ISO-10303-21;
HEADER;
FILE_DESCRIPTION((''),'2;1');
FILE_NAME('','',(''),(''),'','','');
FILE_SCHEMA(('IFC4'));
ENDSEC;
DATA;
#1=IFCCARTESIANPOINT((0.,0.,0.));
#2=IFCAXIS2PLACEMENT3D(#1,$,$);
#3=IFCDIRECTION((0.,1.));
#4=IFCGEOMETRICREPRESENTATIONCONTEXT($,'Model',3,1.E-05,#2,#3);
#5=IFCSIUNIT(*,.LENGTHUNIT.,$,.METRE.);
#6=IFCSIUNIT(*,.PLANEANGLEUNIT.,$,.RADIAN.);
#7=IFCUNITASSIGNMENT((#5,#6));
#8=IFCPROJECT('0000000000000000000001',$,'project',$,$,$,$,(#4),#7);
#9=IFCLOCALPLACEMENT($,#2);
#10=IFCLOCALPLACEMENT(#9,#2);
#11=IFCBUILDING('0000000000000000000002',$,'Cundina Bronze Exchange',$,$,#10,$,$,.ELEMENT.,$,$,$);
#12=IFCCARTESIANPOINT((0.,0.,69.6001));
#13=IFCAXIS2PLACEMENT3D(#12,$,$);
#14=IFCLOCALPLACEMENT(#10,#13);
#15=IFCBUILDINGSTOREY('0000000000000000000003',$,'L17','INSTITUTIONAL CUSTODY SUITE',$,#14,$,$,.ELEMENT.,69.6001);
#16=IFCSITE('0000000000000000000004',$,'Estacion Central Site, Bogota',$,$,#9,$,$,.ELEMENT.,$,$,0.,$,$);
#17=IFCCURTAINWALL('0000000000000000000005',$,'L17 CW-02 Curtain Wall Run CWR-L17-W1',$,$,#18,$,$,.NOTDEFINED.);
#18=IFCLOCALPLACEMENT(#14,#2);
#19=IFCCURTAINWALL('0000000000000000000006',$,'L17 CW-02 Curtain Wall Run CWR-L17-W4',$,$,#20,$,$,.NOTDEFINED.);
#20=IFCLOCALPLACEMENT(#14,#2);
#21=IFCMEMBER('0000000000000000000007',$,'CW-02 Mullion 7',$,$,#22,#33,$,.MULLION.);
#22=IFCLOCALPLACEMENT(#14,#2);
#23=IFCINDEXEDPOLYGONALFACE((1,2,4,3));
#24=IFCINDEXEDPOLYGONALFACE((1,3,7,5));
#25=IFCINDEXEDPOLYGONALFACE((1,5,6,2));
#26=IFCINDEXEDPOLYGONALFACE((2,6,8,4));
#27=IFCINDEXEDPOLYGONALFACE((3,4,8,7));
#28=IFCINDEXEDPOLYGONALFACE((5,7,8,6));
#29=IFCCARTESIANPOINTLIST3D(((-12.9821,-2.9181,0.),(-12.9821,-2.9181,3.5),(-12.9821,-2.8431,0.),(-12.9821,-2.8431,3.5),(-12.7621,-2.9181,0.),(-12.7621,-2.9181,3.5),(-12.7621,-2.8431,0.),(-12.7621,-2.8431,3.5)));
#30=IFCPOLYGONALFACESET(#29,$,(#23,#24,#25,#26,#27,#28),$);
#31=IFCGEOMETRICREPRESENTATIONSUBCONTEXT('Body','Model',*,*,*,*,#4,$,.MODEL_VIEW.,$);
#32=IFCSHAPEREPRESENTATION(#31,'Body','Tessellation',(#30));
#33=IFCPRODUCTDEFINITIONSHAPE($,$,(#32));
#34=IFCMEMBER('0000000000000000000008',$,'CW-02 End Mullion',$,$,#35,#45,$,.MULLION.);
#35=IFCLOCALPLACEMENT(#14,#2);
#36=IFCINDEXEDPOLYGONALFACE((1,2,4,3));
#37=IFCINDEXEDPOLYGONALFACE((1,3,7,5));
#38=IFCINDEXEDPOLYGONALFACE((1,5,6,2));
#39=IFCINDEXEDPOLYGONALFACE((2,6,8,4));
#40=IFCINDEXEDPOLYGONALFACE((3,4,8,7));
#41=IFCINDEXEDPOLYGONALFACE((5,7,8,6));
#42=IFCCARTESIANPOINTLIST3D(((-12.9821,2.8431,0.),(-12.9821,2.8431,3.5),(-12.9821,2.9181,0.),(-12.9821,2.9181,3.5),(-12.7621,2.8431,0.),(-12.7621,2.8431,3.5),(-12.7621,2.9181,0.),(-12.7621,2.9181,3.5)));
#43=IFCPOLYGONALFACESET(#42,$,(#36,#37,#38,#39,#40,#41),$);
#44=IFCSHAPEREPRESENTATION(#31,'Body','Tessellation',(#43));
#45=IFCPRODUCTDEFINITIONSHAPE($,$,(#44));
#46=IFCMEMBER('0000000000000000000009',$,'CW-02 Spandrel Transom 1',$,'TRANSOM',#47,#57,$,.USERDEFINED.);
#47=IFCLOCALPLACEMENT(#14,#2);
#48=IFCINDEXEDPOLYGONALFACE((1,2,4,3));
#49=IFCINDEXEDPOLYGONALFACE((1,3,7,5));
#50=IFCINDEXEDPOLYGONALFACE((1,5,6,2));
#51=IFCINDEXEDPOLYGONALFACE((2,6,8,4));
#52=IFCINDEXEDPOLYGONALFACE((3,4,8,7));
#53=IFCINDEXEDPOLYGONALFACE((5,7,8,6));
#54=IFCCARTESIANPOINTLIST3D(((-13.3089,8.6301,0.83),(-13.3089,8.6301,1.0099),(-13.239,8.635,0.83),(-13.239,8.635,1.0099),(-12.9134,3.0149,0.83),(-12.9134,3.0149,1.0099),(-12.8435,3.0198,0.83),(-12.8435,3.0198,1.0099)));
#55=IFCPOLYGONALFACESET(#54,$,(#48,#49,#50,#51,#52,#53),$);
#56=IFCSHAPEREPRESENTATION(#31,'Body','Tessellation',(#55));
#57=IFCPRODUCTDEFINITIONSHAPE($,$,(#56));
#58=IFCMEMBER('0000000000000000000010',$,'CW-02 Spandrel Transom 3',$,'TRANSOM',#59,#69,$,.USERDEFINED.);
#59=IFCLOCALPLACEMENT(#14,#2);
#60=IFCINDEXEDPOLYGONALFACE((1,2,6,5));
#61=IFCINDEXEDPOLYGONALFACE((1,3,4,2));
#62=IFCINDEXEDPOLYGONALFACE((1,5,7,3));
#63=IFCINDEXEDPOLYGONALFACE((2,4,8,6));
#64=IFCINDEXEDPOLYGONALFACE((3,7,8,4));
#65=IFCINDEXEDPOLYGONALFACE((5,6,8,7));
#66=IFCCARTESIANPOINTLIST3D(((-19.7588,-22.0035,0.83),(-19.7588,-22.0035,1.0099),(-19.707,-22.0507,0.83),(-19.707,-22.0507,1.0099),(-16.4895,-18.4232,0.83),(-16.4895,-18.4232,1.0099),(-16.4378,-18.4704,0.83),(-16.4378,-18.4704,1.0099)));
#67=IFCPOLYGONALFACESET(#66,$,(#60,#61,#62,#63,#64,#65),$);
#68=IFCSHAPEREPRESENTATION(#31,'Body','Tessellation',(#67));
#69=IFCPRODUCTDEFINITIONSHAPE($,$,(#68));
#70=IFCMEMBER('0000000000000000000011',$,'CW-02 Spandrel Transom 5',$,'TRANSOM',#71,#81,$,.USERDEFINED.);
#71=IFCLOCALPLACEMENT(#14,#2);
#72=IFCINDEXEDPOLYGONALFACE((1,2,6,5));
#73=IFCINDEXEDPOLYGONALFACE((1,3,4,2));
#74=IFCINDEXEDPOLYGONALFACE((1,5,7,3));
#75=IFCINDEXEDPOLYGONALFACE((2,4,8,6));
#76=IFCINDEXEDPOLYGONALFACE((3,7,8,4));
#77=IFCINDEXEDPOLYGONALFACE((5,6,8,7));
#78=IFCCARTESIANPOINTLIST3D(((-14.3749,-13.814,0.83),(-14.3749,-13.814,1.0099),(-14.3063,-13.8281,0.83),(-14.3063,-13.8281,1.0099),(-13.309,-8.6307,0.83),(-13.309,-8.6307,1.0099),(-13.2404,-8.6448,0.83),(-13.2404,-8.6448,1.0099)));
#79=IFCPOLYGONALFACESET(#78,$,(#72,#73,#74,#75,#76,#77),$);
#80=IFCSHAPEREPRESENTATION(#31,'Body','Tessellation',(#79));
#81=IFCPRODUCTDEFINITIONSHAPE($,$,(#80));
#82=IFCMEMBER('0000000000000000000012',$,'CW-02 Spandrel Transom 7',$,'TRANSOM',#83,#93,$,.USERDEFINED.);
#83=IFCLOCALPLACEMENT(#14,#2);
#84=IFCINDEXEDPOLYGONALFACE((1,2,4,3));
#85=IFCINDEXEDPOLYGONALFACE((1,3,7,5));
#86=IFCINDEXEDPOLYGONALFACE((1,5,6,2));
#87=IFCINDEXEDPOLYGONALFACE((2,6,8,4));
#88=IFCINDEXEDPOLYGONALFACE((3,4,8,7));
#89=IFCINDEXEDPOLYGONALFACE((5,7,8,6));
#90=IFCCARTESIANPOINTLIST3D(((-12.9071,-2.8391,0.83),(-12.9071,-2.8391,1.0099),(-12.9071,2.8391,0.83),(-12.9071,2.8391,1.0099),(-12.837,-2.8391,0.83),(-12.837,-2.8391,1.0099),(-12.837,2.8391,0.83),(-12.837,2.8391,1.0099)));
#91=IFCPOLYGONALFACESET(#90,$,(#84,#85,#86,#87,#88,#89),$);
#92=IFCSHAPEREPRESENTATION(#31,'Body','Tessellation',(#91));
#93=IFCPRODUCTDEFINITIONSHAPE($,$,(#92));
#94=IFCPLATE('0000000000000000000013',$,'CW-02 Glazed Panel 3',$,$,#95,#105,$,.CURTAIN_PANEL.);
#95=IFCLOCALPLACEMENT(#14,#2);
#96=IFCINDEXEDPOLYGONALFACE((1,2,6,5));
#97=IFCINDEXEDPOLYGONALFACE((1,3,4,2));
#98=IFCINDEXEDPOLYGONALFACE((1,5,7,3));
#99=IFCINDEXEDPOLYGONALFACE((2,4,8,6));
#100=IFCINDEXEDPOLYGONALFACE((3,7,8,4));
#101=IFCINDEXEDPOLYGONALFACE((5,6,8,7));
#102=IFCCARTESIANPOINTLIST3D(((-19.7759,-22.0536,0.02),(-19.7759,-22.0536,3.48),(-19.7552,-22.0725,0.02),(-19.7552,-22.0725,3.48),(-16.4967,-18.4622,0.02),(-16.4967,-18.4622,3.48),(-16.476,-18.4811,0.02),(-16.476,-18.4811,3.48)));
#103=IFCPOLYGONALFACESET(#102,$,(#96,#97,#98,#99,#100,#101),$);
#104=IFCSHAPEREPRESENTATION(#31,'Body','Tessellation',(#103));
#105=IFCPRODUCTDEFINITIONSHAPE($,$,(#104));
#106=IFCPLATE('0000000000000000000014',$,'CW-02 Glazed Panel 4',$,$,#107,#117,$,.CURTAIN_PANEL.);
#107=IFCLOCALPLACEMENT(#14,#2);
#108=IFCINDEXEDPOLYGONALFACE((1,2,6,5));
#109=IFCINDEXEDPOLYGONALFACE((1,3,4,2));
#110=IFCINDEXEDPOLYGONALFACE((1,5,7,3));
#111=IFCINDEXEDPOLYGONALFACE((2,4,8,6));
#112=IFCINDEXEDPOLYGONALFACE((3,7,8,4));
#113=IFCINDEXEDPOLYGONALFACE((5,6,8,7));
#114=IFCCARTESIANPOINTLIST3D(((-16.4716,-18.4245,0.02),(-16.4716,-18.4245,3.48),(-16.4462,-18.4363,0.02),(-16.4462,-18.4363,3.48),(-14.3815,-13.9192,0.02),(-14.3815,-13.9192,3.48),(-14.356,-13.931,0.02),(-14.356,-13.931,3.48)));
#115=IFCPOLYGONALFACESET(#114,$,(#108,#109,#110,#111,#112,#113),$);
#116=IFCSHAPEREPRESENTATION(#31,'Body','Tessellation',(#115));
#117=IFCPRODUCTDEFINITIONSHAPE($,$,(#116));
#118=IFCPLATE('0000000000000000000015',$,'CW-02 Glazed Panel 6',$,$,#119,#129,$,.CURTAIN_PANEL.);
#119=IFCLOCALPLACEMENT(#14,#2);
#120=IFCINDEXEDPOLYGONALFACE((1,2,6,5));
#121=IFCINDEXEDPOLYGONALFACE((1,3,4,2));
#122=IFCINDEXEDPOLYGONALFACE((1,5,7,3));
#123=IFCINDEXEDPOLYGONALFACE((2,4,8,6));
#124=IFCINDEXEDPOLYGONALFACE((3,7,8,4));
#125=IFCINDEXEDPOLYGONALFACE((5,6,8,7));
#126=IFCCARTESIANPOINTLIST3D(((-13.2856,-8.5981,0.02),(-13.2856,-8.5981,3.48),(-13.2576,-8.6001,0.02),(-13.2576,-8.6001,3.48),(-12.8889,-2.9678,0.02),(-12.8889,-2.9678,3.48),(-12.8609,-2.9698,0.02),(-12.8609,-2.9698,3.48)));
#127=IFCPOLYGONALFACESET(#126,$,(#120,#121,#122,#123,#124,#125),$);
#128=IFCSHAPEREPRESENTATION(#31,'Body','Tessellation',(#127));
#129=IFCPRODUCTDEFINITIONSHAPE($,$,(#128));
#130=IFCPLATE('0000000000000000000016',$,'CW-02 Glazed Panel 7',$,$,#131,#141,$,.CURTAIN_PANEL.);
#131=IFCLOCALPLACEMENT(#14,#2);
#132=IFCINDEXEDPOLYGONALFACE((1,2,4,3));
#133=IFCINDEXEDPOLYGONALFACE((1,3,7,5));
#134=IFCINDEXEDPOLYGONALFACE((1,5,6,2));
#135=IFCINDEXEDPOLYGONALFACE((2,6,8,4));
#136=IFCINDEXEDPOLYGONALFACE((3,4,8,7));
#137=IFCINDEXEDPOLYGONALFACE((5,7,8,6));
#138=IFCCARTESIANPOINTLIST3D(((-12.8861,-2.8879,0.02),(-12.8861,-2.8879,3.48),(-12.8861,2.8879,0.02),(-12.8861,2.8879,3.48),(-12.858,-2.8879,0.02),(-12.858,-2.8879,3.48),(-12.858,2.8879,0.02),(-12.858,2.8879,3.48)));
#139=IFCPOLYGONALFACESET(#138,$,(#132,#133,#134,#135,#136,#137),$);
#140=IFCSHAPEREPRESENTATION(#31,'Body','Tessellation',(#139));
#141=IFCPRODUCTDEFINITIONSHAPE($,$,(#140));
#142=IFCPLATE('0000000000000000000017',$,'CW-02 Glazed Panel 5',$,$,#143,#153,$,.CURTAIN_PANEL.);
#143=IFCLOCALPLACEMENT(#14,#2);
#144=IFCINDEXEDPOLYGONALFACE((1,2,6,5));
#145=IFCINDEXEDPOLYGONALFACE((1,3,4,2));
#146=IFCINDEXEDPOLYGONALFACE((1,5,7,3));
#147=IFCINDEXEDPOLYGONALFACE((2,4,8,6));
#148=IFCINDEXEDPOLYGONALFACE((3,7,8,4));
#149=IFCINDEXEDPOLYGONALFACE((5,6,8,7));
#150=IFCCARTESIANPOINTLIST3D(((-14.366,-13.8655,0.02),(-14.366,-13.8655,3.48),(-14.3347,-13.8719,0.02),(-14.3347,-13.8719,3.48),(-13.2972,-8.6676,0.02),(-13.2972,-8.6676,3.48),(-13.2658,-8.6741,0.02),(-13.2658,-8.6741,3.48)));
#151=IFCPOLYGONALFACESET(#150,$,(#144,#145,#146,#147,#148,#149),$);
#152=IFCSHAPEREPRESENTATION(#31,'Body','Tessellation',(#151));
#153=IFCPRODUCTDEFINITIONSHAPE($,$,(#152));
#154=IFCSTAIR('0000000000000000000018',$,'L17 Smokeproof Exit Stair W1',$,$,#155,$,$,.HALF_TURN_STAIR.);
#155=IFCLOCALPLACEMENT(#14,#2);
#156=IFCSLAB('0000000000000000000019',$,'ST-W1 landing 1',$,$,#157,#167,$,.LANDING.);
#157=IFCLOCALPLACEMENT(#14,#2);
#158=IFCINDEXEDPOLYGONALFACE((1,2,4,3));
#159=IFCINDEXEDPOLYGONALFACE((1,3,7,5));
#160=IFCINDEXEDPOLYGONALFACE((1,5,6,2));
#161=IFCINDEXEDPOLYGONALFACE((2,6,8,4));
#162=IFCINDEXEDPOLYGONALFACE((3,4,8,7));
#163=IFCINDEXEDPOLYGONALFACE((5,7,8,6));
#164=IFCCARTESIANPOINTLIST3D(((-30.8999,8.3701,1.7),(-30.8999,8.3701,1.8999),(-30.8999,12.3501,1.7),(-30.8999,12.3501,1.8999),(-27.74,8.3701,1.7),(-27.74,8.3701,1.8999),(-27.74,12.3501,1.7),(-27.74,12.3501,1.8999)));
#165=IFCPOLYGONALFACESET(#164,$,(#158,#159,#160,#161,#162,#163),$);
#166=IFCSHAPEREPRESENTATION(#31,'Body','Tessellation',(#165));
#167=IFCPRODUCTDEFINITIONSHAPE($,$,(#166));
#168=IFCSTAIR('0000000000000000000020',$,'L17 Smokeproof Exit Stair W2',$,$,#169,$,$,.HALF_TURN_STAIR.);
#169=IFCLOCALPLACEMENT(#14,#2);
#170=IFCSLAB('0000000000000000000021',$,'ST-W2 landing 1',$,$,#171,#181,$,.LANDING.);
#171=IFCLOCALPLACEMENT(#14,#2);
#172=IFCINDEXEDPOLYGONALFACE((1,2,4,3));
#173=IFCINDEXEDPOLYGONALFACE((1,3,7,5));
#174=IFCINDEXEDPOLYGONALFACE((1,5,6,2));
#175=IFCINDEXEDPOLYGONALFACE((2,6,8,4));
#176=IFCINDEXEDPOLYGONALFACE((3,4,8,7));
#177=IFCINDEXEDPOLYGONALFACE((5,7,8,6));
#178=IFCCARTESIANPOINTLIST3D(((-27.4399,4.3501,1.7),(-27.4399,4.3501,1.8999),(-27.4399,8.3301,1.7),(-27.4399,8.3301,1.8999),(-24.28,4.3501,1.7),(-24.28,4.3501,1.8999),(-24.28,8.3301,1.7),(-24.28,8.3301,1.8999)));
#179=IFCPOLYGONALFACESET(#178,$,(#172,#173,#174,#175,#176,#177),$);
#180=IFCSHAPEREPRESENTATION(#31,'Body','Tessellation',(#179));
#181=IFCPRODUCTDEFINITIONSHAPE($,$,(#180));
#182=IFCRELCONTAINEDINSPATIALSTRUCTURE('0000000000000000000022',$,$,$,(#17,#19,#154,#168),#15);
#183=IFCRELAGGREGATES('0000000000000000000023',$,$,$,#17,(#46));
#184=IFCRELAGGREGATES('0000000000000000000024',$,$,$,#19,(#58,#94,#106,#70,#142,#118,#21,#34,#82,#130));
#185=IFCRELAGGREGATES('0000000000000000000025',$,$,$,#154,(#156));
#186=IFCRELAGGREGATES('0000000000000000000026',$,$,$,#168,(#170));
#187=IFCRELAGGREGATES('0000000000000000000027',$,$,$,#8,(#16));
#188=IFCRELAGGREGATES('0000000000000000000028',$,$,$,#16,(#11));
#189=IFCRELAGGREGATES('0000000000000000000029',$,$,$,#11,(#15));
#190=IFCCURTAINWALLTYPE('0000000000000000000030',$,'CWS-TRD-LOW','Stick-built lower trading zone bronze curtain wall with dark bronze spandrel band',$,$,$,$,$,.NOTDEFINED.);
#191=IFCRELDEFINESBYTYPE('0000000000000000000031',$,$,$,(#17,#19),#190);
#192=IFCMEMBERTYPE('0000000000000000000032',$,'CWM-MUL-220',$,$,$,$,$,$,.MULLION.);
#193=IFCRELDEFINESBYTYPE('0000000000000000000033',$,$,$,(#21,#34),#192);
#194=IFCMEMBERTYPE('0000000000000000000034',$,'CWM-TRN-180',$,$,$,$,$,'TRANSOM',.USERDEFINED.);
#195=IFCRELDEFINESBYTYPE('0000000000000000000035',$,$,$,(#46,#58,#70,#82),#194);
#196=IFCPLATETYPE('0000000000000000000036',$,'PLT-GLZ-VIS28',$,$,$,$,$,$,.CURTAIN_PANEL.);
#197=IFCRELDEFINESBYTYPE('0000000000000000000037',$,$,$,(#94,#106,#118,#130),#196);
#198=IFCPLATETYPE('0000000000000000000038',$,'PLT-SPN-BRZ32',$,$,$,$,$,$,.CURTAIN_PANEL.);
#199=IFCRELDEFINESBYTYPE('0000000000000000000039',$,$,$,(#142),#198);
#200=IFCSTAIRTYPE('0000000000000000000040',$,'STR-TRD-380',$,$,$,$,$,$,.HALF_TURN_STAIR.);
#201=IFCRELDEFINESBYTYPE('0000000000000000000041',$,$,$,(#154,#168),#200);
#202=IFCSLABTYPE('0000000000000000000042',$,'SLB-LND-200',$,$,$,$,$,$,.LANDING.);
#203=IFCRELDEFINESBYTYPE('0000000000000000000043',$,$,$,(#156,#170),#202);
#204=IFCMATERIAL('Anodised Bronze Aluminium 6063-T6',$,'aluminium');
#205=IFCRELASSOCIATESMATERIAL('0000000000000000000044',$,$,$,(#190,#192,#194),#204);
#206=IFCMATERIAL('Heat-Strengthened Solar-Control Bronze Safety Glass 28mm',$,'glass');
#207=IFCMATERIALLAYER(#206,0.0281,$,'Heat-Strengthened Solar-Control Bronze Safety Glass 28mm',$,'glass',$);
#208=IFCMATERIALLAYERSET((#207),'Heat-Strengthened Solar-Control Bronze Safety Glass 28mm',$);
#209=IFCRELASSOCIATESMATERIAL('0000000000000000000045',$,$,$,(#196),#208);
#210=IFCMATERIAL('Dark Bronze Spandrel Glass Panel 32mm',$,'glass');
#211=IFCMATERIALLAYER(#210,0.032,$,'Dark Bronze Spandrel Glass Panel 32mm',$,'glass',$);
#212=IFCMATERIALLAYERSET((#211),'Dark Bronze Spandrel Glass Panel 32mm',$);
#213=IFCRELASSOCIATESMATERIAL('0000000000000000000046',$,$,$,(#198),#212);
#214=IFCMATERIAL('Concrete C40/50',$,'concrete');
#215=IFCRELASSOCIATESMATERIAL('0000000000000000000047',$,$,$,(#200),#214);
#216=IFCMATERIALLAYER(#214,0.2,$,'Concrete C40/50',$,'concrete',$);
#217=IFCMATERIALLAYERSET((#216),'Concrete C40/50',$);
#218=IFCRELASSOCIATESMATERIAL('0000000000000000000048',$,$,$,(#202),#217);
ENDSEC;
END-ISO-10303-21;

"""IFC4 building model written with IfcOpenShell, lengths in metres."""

from ifc_helpers import new_model, si_unit, direction, frame, origin, origin_2d, place, context, subcontext, project, spatial, polyline, rectangle, outline, extrude, material, layer, layer_set, material_profile, profile_set, type_object, element, aggregate, save


model = new_model("IFC4")

# Units and contexts
model_context = context("Model", 3, precision=1e-05, world=origin(), true_north=direction((0.0, 1.0)))
body_context = subcontext(model_context, "Body", "Model", "MODEL_VIEW")
ifc_project = project(units=[si_unit("LENGTHUNIT", "METRE"), si_unit("PLANEANGLEUNIT", "RADIAN")], contexts=[model_context])

# Site, building, storey
site_placement = place(None, origin())
site = spatial("IfcSite", under=ifc_project, at=site_placement, Name="Estacion Central Site, Bogota", CompositionType="ELEMENT", RefElevation=0.0)
building_placement = place(site_placement, origin())
building = spatial("IfcBuilding", under=site, at=building_placement, Name="Cundina Bronze Exchange", CompositionType="ELEMENT")
storey_placement = place(building_placement, frame((0.0, 0.0, 69.6001)))
storey = spatial("IfcBuildingStorey", under=building, at=storey_placement, Name="L17", Description="INSTITUTIONAL CUSTODY SUITE", CompositionType="ELEMENT", Elevation=69.6001)

# Curtain wall
ifc_material_1 = material(Name="Anodised Bronze Aluminium 6063-T6", Category="aluminium")
curtain_wall_type = type_object("IfcCurtainWallType", Name="CWS-TRD-LOW", Description="Stick-built lower trading zone bronze curtain wall with dark bronze spandrel band", PredefinedType="NOTDEFINED", material=ifc_material_1)
curtain_wall_1_placement = place(storey_placement, origin())
curtain_wall_1 = element("IfcCurtainWall", 1, at=curtain_wall_1_placement, inside=storey, type_object=curtain_wall_type, Name="L17 CW-02 Curtain Wall Run CWR-L17-W1", PredefinedType="NOTDEFINED")
ifc_material_profile_1 = material_profile(ifc_material_1, rectangle(XDim=0.075, YDim=0.22, at=origin_2d()), Name="AL75X220", Category="aluminium")
ifc_profile_set_1 = profile_set([ifc_material_profile_1], Name="Anodised Bronze Aluminium 6063-T6")
member_type_1 = type_object("IfcMemberType", Name="CWM-MUL-220", PredefinedType="MULLION", material=ifc_profile_set_1)

# Curtain wall, members
curtain_wall_2_placement = place(storey_placement, origin())
curtain_wall_2 = element("IfcCurtainWall", 2, at=curtain_wall_2_placement, inside=storey, type_object=curtain_wall_type, Name="L17 CW-02 Curtain Wall Run CWR-L17-W4", PredefinedType="NOTDEFINED")
member_1_placement = place(storey_placement, frame((-12.8721, -2.8806, 0.0), z_axis=(0.0, 0.0, 1.0), x_axis=(0.0, 1.0, 0.0)))
member_1 = element("IfcMember", 3, at=member_1_placement, type_object=member_type_1, Name="CW-02 Mullion 7", PredefinedType="MULLION", context=body_context, shape_type="SweptSolid", body=[
    extrude(rectangle(XDim=0.075, YDim=0.22, at=origin_2d()), origin(), (0.0, 0.0, 1.0), 3.5),
])
member_2_placement = place(storey_placement, frame((-12.8721, 2.8806, 0.0), z_axis=(0.0, 0.0, 1.0), x_axis=(0.0, 1.0, 0.0)))
member_2 = element("IfcMember", 4, at=member_2_placement, type_object=member_type_1, Name="CW-02 End Mullion", PredefinedType="MULLION", context=body_context, shape_type="SweptSolid", body=[
    extrude(rectangle(XDim=0.075, YDim=0.22, at=origin_2d()), origin(), (0.0, 0.0, 1.0), 3.5),
])

# Members
ifc_material_profile_2 = material_profile(ifc_material_1, rectangle(XDim=0.0701, YDim=0.1799, at=origin_2d()), Name="AL70X180", Category="aluminium")
ifc_profile_set_2 = profile_set([ifc_material_profile_2], Name="Anodised Bronze Aluminium 6063-T6")
member_type_2 = type_object("IfcMemberType", Name="CWM-TRN-180", ElementType="TRANSOM", PredefinedType="USERDEFINED", material=ifc_profile_set_2)
member_3_placement = place(storey_placement, frame((-12.8784, 3.0173, 0.9199), z_axis=(-0.070261, 0.997529, 0.0), x_axis=(-0.997529, -0.070261, 0.0)))
member_3 = element("IfcMember", 5, at=member_3_placement, type_object=member_type_2, Name="CW-02 Spandrel Transom 1", ObjectType="TRANSOM", PredefinedType="USERDEFINED", context=body_context, shape_type="SweptSolid", body=[
    extrude(rectangle(XDim=0.0701, YDim=0.1799, at=origin_2d()), origin(), (0.0, 0.0, 1.0), 5.6292),
])
aggregate(curtain_wall_1, [member_3])
member_4_placement = place(storey_placement, frame((-19.7329, -22.0271, 0.9199), z_axis=(0.674303, 0.738455, 0.0), x_axis=(-0.738455, 0.674303, 0.0)))
member_4 = element("IfcMember", 6, at=member_4_placement, type_object=member_type_2, Name="CW-02 Spandrel Transom 3", ObjectType="TRANSOM", PredefinedType="USERDEFINED", context=body_context, shape_type="SweptSolid", body=[
    extrude(rectangle(XDim=0.0701, YDim=0.1799, at=origin_2d()), origin(), (0.0, 0.0, 1.0), 4.8484),
])
member_5_placement = place(storey_placement, frame((-14.3406, -13.821, 0.9199), z_axis=(0.201428, 0.979503, 0.0), x_axis=(-0.979503, 0.201428, 0.0)))
member_5 = element("IfcMember", 7, at=member_5_placement, type_object=member_type_2, Name="CW-02 Spandrel Transom 5", ObjectType="TRANSOM", PredefinedType="USERDEFINED", context=body_context, shape_type="SweptSolid", body=[
    extrude(rectangle(XDim=0.0701, YDim=0.1799, at=origin_2d()), origin(), (0.0, 0.0, 1.0), 5.2917),
])
member_6_placement = place(storey_placement, frame((-12.8721, -2.8391, 0.9199), z_axis=(0.0, 1.0, 0.0), x_axis=(-1.0, 0.0, 0.0)))
member_6 = element("IfcMember", 8, at=member_6_placement, type_object=member_type_2, Name="CW-02 Spandrel Transom 7", ObjectType="TRANSOM", PredefinedType="USERDEFINED", context=body_context, shape_type="SweptSolid", body=[
    extrude(rectangle(XDim=0.0701, YDim=0.1799, at=origin_2d()), origin(), (0.0, 0.0, 1.0), 5.6782),
])

# Plates
ifc_material_2 = material(Name="Heat-Strengthened Solar-Control Bronze Safety Glass 28mm", Category="glass")
ifc_layer_1 = layer(ifc_material_2, 0.0281, Name="Heat-Strengthened Solar-Control Bronze Safety Glass 28mm", Category="glass")
ifc_layer_set_1 = layer_set([ifc_layer_1], Name="Heat-Strengthened Solar-Control Bronze Safety Glass 28mm")
plate_type_1 = type_object("IfcPlateType", Name="PLT-GLZ-VIS28", PredefinedType="CURTAIN_PANEL", material=ifc_layer_set_1)
plate_1_placement = place(storey_placement, frame((-18.126, -20.2673, 0.02), z_axis=(0.0, 0.0, 1.0), x_axis=(0.674277, 0.738479, 0.0)))
plate_1 = element("IfcPlate", 9, at=plate_1_placement, type_object=plate_type_1, Name="CW-02 Glazed Panel 3", PredefinedType="CURTAIN_PANEL", context=body_context, shape_type="SweptSolid", body=[
    extrude(rectangle(XDim=4.8633, YDim=0.0281, at=origin_2d()), origin(), (0.0, 0.0, 1.0), 3.46),
])
plate_2_placement = place(storey_placement, frame((-15.4138, -16.1777, 0.02), z_axis=(0.0, 0.0, 1.0), x_axis=(0.420846, 0.907132, 0.0)))
plate_2 = element("IfcPlate", 10, at=plate_2_placement, type_object=plate_type_1, Name="CW-02 Glazed Panel 4", PredefinedType="CURTAIN_PANEL", context=body_context, shape_type="SweptSolid", body=[
    extrude(rectangle(XDim=4.9666, YDim=0.0281, at=origin_2d()), origin(), (0.0, 0.0, 1.0), 3.46),
])
plate_3_placement = place(storey_placement, frame((-13.0732, -5.7839, 0.02), z_axis=(0.0, 0.0, 1.0), x_axis=(0.070279, 0.997527, 0.0)))
plate_3 = element("IfcPlate", 11, at=plate_3_placement, type_object=plate_type_1, Name="CW-02 Glazed Panel 6", PredefinedType="CURTAIN_PANEL", context=body_context, shape_type="SweptSolid", body=[
    extrude(rectangle(XDim=5.6443, YDim=0.0281, at=origin_2d()), origin(), (0.0, 0.0, 1.0), 3.46),
])
plate_4_placement = place(storey_placement, frame((-12.8721, 0.0, 0.02), z_axis=(0.0, 0.0, 1.0), x_axis=(0.0, 1.0, 0.0)))
plate_4 = element("IfcPlate", 12, at=plate_4_placement, type_object=plate_type_1, Name="CW-02 Glazed Panel 7", PredefinedType="CURTAIN_PANEL", context=body_context, shape_type="SweptSolid", body=[
    extrude(rectangle(XDim=5.7759, YDim=0.0281, at=origin_2d()), origin(), (0.0, 0.0, 1.0), 3.46),
])
ifc_material_3 = material(Name="Dark Bronze Spandrel Glass Panel 32mm", Category="glass")
ifc_layer_2 = layer(ifc_material_3, 0.032, Name="Dark Bronze Spandrel Glass Panel 32mm", Category="glass")
ifc_layer_set_2 = layer_set([ifc_layer_2], Name="Dark Bronze Spandrel Glass Panel 32mm")
plate_type_2 = type_object("IfcPlateType", Name="PLT-SPN-BRZ32", PredefinedType="CURTAIN_PANEL", material=ifc_layer_set_2)
plate_5_placement = place(storey_placement, frame((-13.8159, -11.2698, 0.02), z_axis=(0.0, 0.0, 1.0), x_axis=(0.20142, 0.979505, 0.0)))
plate_5 = element("IfcPlate", 13, at=plate_5_placement, type_object=plate_type_2, Name="CW-02 Glazed Panel 5", PredefinedType="CURTAIN_PANEL", context=body_context, shape_type="SweptSolid", body=[
    extrude(rectangle(XDim=5.3066, YDim=0.032, at=origin_2d()), origin(), (0.0, 0.0, 1.0), 3.46),
])
aggregate(curtain_wall_2, [member_4, plate_1, plate_2, member_5, plate_5, plate_3, member_1, member_2, member_6, plate_4])

# Stairs, slabs
ifc_material_4 = material(Name="Concrete C40/50", Category="concrete")
stair_type = type_object("IfcStairType", Name="STR-TRD-380", PredefinedType="HALF_TURN_STAIR", material=ifc_material_4)
stair_1_placement = place(storey_placement, origin())
stair_1 = element("IfcStair", 14, at=stair_1_placement, inside=storey, type_object=stair_type, Name="L17 Smokeproof Exit Stair W1", PredefinedType="HALF_TURN_STAIR")
ifc_layer_3 = layer(ifc_material_4, 0.2, Name="Concrete C40/50", Category="concrete")
ifc_layer_set_3 = layer_set([ifc_layer_3], Name="Concrete C40/50")
slab_type_1 = type_object("IfcSlabType", Name="SLB-LND-200", PredefinedType="LANDING", material=ifc_layer_set_3)
slab_1_placement = place(storey_placement, frame((0.0, 0.0, 1.7)))
slab_1 = element("IfcSlab", 15, at=slab_1_placement, type_object=slab_type_1, Name="ST-W1 landing 1", PredefinedType="LANDING", context=body_context, shape_type="SweptSolid", body=[
    extrude(outline(polyline([(-27.74, 8.3701), (-27.74, 12.3501), (-30.8999, 12.3501), (-30.8999, 8.3701), (-27.74, 8.3701)])), origin(), (0.0, 0.0, 1.0), 0.2),
])
aggregate(stair_1, [slab_1])
stair_2_placement = place(storey_placement, origin())
stair_2 = element("IfcStair", 16, at=stair_2_placement, inside=storey, type_object=stair_type, Name="L17 Smokeproof Exit Stair W2", PredefinedType="HALF_TURN_STAIR")
slab_2_placement = place(storey_placement, frame((0.0, 0.0, 1.7)))
slab_2 = element("IfcSlab", 17, at=slab_2_placement, type_object=slab_type_1, Name="ST-W2 landing 1", PredefinedType="LANDING", context=body_context, shape_type="SweptSolid", body=[
    extrude(outline(polyline([(-27.4399, 8.3301), (-27.4399, 4.3501), (-24.28, 4.3501), (-24.28, 8.3301), (-27.4399, 8.3301)])), origin(), (0.0, 0.0, 1.0), 0.2),
])
aggregate(stair_2, [slab_2])

save(model, "model.ifc")
